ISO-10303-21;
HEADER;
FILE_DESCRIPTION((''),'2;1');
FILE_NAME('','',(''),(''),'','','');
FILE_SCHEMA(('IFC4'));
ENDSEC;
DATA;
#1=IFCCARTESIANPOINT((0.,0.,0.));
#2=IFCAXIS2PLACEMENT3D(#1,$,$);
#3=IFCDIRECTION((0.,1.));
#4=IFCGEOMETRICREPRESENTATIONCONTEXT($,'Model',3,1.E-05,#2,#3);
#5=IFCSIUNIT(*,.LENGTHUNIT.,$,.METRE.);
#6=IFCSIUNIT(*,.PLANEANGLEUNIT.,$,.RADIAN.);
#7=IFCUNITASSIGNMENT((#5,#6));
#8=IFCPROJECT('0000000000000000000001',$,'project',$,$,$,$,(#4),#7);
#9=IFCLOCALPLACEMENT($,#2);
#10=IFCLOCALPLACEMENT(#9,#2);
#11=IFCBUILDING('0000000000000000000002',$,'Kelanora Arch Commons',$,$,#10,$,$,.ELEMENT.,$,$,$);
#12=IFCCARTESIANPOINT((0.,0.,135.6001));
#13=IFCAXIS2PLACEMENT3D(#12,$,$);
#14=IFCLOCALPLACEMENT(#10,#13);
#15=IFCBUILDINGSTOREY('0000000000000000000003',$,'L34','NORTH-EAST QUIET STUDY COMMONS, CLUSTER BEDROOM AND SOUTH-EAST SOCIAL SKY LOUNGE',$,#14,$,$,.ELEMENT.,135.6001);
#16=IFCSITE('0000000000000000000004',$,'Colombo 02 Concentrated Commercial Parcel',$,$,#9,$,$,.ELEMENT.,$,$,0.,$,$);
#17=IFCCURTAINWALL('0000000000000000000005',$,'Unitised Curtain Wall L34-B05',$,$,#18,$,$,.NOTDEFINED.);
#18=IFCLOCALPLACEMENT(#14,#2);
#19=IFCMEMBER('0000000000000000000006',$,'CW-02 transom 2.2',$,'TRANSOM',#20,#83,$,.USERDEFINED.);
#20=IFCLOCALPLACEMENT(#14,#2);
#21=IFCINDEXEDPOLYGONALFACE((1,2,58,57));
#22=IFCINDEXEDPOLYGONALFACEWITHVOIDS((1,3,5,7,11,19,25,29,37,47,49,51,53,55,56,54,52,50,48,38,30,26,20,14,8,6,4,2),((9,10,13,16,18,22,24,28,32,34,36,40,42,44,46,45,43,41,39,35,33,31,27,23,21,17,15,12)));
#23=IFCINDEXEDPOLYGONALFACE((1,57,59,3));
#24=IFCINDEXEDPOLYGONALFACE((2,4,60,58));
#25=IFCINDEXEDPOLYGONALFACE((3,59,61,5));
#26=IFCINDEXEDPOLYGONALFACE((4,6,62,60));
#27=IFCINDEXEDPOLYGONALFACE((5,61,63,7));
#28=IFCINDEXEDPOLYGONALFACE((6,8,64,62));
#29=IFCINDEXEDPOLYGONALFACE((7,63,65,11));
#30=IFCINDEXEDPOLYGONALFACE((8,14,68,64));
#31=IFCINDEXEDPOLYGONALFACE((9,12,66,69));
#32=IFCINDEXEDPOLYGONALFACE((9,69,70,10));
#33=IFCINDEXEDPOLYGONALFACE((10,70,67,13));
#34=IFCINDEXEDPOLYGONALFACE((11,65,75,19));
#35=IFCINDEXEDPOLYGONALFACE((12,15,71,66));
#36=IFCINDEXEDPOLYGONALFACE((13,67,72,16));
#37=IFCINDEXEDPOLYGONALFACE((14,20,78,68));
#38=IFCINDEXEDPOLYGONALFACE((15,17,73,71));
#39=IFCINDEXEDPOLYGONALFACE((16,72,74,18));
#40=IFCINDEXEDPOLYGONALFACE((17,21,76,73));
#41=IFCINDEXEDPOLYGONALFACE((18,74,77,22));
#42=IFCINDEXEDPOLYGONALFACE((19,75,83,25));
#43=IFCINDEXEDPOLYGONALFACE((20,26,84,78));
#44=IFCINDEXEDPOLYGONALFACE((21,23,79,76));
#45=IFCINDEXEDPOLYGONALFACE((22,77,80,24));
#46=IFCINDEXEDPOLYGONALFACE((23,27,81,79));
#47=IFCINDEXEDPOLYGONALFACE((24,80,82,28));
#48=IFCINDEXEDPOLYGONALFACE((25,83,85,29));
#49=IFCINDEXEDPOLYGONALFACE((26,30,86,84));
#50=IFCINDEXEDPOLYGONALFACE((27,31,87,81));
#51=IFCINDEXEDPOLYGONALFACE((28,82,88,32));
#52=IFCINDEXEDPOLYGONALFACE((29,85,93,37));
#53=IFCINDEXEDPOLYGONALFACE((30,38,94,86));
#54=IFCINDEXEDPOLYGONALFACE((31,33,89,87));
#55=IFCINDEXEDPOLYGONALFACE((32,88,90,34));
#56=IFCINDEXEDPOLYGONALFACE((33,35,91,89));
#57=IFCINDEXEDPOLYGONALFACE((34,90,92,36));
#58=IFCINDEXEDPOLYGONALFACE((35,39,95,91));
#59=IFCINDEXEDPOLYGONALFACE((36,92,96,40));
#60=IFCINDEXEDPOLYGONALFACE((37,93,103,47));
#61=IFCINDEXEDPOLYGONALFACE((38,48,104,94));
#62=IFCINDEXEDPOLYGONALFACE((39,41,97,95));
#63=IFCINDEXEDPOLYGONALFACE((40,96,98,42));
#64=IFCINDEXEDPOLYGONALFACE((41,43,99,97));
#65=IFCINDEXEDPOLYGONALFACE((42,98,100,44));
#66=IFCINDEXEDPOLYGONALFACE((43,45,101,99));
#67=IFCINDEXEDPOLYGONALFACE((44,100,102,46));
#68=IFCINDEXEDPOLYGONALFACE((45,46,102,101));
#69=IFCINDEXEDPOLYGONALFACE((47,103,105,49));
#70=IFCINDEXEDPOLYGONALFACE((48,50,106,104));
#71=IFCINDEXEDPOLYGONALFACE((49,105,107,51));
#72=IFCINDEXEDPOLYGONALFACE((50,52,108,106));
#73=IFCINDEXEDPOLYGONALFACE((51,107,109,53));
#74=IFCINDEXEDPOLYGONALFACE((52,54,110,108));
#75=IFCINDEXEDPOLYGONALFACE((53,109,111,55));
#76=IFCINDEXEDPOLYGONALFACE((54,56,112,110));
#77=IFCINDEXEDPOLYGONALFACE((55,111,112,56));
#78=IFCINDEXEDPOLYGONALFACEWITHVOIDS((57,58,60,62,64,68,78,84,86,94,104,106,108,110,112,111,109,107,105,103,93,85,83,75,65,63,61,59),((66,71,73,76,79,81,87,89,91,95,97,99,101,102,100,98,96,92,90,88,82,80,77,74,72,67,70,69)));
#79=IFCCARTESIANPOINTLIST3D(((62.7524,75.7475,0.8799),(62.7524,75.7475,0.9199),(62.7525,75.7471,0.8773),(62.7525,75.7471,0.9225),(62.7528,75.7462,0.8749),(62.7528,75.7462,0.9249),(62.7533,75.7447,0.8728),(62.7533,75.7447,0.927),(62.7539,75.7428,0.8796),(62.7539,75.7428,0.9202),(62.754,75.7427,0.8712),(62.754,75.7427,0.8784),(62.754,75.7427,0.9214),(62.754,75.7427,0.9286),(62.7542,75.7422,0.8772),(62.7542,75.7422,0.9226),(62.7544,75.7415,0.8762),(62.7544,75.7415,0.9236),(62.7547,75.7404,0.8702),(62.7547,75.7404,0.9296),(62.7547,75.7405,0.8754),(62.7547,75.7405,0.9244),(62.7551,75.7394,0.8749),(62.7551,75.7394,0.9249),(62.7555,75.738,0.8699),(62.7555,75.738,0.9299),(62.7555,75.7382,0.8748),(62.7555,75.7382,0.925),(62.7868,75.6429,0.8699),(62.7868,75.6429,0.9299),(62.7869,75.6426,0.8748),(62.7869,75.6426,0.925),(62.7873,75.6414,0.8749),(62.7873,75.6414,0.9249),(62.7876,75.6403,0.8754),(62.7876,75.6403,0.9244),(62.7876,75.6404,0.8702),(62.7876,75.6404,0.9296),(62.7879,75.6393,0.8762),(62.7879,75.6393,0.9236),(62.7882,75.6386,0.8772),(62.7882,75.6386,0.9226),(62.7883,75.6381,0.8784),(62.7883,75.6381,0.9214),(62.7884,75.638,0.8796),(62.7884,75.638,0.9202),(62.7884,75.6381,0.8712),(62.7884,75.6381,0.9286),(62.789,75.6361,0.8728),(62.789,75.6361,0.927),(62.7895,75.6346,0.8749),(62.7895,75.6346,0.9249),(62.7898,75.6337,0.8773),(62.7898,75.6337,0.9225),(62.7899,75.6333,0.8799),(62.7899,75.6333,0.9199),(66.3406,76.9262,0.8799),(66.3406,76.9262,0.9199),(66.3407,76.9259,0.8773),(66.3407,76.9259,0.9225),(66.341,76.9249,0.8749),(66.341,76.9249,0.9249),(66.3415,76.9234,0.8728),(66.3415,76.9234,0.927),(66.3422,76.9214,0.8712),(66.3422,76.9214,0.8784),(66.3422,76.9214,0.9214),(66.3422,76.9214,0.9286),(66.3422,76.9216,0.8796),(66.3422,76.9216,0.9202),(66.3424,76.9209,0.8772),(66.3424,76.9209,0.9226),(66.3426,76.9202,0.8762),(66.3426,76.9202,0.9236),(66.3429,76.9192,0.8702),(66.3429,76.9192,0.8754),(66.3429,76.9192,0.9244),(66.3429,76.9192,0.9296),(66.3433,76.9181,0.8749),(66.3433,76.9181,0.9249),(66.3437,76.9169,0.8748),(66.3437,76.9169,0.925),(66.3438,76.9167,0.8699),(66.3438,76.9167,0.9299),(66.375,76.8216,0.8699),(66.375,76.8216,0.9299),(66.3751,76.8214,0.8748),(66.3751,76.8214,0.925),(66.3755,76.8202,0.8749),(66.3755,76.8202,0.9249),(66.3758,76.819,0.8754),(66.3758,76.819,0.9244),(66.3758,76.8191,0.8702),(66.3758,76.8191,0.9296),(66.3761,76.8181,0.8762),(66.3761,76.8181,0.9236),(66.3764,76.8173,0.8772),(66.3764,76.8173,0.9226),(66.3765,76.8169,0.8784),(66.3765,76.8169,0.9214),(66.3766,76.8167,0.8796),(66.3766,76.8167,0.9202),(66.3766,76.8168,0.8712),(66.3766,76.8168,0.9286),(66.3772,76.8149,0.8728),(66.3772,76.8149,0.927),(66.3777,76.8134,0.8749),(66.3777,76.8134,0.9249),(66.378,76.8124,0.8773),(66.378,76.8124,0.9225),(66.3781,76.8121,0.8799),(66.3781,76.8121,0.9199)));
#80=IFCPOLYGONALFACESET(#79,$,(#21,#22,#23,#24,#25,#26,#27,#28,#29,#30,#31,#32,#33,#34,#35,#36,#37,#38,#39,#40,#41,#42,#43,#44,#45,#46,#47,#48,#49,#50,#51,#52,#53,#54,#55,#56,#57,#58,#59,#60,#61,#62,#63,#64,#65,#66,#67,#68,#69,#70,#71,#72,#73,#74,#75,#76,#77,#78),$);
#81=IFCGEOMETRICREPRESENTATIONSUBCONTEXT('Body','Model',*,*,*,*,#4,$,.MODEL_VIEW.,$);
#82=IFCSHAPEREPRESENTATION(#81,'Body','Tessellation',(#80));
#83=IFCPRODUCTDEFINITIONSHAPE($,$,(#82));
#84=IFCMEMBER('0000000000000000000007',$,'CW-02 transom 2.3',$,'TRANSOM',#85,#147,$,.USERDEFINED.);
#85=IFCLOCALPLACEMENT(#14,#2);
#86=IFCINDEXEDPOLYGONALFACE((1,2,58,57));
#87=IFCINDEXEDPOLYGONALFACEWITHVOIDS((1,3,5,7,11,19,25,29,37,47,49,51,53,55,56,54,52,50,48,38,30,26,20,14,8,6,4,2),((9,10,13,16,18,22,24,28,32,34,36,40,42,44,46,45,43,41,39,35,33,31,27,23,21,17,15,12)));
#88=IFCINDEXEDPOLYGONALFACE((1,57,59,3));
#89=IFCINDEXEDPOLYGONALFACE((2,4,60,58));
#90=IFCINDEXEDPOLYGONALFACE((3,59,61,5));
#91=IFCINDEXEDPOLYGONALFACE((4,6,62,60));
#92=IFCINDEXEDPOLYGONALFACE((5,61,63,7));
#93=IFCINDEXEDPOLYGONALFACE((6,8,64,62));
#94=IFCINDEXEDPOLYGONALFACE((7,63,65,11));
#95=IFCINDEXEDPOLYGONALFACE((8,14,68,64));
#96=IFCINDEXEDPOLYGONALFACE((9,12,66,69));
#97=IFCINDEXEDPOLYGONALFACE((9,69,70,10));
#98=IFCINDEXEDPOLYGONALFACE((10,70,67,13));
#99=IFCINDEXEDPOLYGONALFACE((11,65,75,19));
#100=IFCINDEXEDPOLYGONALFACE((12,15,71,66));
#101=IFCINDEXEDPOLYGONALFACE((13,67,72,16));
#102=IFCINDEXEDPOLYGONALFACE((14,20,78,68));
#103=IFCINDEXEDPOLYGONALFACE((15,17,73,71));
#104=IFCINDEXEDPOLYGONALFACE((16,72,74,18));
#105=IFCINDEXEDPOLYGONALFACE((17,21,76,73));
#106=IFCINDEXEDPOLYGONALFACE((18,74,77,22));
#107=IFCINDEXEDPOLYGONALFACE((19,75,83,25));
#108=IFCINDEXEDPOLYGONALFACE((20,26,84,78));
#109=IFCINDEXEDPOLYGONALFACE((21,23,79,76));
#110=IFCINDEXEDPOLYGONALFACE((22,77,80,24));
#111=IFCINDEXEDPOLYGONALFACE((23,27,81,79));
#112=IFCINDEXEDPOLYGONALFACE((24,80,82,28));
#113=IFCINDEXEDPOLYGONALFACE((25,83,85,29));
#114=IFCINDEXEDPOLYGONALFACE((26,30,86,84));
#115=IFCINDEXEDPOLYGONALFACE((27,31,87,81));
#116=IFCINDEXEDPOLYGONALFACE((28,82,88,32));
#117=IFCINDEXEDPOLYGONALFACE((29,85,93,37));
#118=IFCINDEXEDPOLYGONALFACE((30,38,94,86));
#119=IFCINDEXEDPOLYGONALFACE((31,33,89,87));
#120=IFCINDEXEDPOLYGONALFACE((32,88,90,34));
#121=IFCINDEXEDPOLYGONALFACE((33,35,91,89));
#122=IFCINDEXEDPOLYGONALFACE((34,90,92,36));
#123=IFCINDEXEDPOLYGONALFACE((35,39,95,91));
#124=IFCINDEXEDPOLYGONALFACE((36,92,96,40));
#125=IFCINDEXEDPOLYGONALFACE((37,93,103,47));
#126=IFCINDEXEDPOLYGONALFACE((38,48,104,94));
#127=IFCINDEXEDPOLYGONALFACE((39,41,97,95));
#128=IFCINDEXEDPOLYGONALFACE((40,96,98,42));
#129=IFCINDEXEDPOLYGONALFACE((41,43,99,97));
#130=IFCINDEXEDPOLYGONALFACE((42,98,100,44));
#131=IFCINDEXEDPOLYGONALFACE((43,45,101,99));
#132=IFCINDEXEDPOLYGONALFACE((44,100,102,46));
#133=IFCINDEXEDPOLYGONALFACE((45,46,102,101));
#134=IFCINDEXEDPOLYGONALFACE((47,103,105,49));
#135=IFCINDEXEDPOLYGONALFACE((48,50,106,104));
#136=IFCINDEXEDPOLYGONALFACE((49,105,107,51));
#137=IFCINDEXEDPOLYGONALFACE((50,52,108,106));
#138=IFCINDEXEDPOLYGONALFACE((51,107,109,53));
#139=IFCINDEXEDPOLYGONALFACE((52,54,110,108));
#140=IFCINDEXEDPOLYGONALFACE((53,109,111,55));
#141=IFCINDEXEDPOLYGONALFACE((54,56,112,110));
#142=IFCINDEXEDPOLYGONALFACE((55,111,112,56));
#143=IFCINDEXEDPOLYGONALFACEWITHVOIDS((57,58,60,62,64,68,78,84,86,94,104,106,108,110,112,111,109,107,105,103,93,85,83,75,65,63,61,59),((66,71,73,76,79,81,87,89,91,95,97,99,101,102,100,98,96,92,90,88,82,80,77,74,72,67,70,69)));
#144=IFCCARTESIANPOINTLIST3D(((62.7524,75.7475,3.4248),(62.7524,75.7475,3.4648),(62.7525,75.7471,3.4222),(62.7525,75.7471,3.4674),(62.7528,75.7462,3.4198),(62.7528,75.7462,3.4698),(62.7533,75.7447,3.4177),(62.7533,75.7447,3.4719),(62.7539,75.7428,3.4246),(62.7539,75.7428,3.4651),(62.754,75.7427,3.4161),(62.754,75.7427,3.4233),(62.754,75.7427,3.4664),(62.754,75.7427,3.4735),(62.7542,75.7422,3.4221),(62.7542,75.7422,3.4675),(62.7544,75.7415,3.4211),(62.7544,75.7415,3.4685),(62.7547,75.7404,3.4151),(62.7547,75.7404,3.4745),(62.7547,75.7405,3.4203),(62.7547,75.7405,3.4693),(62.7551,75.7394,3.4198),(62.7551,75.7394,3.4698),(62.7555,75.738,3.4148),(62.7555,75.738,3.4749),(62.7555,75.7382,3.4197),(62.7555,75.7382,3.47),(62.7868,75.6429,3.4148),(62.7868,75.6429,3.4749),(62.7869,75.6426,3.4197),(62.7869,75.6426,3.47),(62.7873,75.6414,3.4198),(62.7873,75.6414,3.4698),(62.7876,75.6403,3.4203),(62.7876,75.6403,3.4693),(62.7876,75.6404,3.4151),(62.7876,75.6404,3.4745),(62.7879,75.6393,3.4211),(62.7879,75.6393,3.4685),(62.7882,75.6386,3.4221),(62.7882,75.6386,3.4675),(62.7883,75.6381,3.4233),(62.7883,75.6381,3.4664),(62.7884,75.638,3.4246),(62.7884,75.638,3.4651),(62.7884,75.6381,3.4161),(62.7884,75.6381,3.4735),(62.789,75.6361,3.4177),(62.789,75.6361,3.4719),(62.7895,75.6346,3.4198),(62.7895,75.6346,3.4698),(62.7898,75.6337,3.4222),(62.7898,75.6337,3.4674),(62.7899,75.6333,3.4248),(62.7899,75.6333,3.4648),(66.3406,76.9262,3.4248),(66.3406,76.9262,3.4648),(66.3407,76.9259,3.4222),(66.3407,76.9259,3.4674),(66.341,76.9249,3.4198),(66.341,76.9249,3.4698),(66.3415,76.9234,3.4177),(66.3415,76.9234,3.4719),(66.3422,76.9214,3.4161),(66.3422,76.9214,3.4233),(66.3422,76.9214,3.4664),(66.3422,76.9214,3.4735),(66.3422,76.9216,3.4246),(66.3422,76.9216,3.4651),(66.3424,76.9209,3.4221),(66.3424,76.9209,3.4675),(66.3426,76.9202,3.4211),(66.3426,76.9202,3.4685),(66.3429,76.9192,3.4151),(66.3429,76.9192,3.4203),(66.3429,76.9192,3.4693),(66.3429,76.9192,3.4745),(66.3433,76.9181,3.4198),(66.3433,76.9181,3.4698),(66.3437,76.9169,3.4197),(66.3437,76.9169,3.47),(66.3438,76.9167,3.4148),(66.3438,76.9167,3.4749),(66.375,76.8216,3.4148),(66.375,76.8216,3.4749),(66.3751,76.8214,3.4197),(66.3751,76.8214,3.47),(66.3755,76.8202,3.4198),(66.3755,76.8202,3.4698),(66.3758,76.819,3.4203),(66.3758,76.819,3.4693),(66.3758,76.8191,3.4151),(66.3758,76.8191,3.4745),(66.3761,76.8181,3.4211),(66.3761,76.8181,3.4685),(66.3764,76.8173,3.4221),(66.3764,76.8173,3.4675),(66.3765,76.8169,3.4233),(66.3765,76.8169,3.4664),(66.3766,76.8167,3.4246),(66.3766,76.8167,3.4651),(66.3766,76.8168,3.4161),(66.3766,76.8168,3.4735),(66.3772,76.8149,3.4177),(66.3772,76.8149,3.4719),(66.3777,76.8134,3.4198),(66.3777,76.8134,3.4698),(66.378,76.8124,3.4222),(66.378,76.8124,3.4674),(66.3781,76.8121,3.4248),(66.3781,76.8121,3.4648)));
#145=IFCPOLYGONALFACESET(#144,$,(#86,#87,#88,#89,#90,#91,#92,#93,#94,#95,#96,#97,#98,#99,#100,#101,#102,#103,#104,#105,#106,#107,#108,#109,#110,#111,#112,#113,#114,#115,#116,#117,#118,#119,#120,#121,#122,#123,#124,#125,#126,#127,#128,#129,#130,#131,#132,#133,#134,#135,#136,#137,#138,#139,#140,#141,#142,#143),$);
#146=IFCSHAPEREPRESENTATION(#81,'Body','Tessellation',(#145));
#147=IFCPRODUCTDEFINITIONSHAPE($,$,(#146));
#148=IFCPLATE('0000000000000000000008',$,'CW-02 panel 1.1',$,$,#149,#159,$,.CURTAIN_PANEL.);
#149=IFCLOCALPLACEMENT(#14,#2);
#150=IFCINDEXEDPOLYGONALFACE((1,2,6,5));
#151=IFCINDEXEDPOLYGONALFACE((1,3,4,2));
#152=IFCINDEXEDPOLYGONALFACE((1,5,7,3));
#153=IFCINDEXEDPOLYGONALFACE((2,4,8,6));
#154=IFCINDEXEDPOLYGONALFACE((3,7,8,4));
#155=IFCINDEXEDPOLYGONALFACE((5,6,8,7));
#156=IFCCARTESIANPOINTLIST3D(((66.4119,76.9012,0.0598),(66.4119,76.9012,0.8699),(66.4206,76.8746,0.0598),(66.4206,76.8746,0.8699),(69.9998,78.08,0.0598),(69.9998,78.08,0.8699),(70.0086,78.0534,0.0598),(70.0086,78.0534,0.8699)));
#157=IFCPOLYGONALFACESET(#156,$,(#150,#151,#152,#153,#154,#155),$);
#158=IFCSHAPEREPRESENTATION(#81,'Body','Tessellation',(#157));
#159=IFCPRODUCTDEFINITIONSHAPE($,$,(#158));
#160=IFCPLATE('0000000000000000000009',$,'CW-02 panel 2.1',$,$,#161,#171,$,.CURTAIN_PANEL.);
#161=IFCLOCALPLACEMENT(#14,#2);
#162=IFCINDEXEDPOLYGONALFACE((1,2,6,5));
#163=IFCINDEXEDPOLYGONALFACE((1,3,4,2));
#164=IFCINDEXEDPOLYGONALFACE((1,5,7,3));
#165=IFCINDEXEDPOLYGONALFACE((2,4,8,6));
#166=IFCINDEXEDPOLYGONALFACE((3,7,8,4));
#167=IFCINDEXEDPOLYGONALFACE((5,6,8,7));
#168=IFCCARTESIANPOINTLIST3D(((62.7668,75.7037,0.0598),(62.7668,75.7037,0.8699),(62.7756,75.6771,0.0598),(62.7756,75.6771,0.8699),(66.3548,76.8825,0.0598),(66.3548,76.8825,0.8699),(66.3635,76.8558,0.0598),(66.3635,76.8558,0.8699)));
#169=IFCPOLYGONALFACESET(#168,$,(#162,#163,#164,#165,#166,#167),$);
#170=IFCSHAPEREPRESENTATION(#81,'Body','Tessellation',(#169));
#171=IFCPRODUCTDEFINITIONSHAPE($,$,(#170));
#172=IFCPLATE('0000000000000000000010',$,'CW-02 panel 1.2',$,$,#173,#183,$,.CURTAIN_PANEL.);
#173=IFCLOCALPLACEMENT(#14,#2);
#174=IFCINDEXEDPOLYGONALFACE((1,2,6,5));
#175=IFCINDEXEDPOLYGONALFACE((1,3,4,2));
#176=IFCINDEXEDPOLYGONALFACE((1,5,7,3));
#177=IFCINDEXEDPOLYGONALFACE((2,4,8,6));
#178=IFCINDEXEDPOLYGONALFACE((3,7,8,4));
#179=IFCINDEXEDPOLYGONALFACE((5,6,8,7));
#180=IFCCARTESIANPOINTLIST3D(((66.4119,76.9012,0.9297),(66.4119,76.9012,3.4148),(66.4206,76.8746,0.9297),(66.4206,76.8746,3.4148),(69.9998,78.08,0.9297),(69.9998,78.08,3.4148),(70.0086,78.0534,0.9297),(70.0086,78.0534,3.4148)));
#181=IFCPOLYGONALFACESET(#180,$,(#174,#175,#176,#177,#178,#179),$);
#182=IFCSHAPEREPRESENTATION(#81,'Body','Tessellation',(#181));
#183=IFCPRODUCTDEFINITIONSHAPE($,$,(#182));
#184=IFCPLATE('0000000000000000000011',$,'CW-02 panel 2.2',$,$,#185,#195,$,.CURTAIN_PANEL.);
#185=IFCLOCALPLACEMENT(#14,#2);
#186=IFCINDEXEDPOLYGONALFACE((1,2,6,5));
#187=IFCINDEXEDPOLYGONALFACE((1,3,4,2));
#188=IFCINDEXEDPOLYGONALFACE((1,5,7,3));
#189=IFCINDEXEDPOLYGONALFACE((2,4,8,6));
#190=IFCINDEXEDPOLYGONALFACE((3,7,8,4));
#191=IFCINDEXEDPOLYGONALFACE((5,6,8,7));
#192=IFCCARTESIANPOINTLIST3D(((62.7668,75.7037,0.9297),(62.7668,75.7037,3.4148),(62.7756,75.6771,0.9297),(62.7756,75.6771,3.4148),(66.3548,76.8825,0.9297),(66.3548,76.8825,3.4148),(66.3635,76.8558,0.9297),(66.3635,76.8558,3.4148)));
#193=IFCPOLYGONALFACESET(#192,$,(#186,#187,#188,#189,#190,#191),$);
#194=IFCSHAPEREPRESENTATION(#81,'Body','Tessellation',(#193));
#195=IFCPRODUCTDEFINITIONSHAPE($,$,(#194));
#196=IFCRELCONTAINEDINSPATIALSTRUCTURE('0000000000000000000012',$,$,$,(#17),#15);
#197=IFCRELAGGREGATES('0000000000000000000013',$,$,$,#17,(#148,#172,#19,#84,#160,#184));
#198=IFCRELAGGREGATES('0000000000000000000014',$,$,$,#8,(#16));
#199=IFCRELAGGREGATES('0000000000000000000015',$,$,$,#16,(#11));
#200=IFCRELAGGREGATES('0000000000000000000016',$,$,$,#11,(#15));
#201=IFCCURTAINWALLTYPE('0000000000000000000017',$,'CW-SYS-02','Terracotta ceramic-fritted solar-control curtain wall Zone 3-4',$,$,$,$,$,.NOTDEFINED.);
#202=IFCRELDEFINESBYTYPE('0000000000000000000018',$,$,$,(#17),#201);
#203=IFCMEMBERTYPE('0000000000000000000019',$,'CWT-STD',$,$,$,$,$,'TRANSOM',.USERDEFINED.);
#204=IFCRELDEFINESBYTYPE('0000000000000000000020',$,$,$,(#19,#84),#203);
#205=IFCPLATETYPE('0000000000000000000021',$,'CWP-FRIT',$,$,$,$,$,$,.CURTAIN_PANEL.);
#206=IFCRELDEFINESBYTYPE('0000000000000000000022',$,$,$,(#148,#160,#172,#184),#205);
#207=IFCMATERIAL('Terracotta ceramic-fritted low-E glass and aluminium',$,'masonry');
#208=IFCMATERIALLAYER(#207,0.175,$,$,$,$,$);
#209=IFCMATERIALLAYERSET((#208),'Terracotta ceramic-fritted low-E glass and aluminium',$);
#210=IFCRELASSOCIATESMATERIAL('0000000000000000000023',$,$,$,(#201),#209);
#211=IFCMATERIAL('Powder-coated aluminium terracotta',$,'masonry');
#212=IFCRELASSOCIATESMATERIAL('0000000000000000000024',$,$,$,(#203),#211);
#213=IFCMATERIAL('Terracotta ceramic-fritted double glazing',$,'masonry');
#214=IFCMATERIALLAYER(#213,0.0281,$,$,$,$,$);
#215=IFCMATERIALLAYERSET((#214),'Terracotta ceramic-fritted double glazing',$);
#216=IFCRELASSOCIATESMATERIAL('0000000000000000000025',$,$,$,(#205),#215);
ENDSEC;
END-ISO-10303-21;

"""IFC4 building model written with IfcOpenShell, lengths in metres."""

from ifc_helpers import new_model, si_unit, direction, frame, origin, origin_2d, place, context, subcontext, project, spatial, rectangle, hollow_rectangle, extrude, source, transform, mapped, material, layer, layer_set, material_profile, profile_set, type_object, element, aggregate, save


model = new_model("IFC4")

# Units and contexts
model_context = context("Model", 3, precision=1e-05, world=origin(), true_north=direction((0.0, 1.0)))
body_context = subcontext(model_context, "Body", "Model", "MODEL_VIEW")
ifc_project = project(units=[si_unit("LENGTHUNIT", "METRE"), si_unit("PLANEANGLEUNIT", "RADIAN")], contexts=[model_context])

# Site, building, storey
site_placement = place(None, origin())
site = spatial("IfcSite", under=ifc_project, at=site_placement, Name="Colombo 02 Concentrated Commercial Parcel", CompositionType="ELEMENT", RefElevation=0.0)
building_placement = place(site_placement, origin())
building = spatial("IfcBuilding", under=site, at=building_placement, Name="Kelanora Arch Commons", CompositionType="ELEMENT")
storey_placement = place(building_placement, frame((0.0, 0.0, 135.6001)))
storey = spatial("IfcBuildingStorey", under=building, at=storey_placement, Name="L34", Description="NORTH-EAST QUIET STUDY COMMONS, CLUSTER BEDROOM AND SOUTH-EAST SOCIAL SKY LOUNGE", CompositionType="ELEMENT", Elevation=135.6001)

# Curtain wall, members, plates
ifc_material_1 = material(Name="Terracotta ceramic-fritted low-E glass and aluminium", Category="masonry")
ifc_layer_1 = layer(ifc_material_1, 0.175)
ifc_layer_set_1 = layer_set([ifc_layer_1], Name="Terracotta ceramic-fritted low-E glass and aluminium")
curtain_wall_type = type_object("IfcCurtainWallType", Name="CW-SYS-02", Description="Terracotta ceramic-fritted solar-control curtain wall Zone 3-4", PredefinedType="NOTDEFINED", material=ifc_layer_set_1)
curtain_wall_placement = place(storey_placement, origin())
curtain_wall = element("IfcCurtainWall", 1, at=curtain_wall_placement, inside=storey, type_object=curtain_wall_type, Name="Unitised Curtain Wall L34-B05", PredefinedType="NOTDEFINED")
ifc_material_2 = material(Name="Powder-coated aluminium terracotta", Category="masonry")
ifc_material_profile_1 = material_profile(ifc_material_2, hollow_rectangle(XDim=0.1201, YDim=0.0601, WallThickness=0.0049, InnerFilletRadius=0.0049, OuterFilletRadius=0.01, at=origin_2d()), Name="CWT120x60")
ifc_profile_set_1 = profile_set([ifc_material_profile_1], Name="Powder-coated aluminium terracotta")
member_type_1 = type_object("IfcMemberType", Name="CWT-STD", ElementType="TRANSOM", PredefinedType="USERDEFINED", material=ifc_profile_set_1)
member_1_placement = place(storey_placement, frame((66.3594, 76.8691, 0.8999), z_axis=(-0.950051, -0.312094, 0.0), x_axis=(0.312094, -0.950051, 0.0)))
member_1 = element("IfcMember", 2, at=member_1_placement, type_object=member_type_1, Name="CW-02 transom 2.2", ObjectType="TRANSOM", PredefinedType="USERDEFINED", context=body_context, shape_type="SweptSolid", body=[
    extrude(hollow_rectangle(XDim=0.1201, YDim=0.0601, WallThickness=0.0049, InnerFilletRadius=0.0049, OuterFilletRadius=0.01, at=origin_2d()), origin(), (0.0, 0.0, 1.0), 3.7769),
])
member_2_placement = place(storey_placement, frame((66.3594, 76.8691, 3.4448), z_axis=(-0.950051, -0.312094, 0.0), x_axis=(0.312094, -0.950051, 0.0)))
member_2 = element("IfcMember", 3, at=member_2_placement, type_object=member_type_1, Name="CW-02 transom 2.3", ObjectType="TRANSOM", PredefinedType="USERDEFINED", context=body_context, shape_type="SweptSolid", body=[
    extrude(hollow_rectangle(XDim=0.1201, YDim=0.0601, WallThickness=0.0049, InnerFilletRadius=0.0049, OuterFilletRadius=0.01, at=origin_2d()), origin(), (0.0, 0.0, 1.0), 3.7769),
])
ifc_material_3 = material(Name="Terracotta ceramic-fritted double glazing", Category="masonry")
ifc_layer_2 = layer(ifc_material_3, 0.0281)
ifc_layer_set_2 = layer_set([ifc_layer_2], Name="Terracotta ceramic-fritted double glazing")
plate_type = type_object("IfcPlateType", Name="CWP-FRIT", PredefinedType="CURTAIN_PANEL", material=ifc_layer_set_2)
shared_shape_1 = source(origin(), body_context, "Body", "SweptSolid", [
    extrude(rectangle(XDim=3.7766, YDim=0.0281, at=origin_2d()), origin(), (0.0, 0.0, 1.0), 0.8101),
])
plate_1_placement = place(storey_placement, frame((68.2102, 77.4773, 0.0598), z_axis=(0.0, 0.0, 1.0), x_axis=(-0.95004, -0.312128, 0.0)))
plate_1 = element("IfcPlate", 4, at=plate_1_placement, type_object=plate_type, Name="CW-02 panel 1.1", PredefinedType="CURTAIN_PANEL", context=body_context, shape_type="MappedRepresentation", body=[
    mapped(shared_shape_1, transform((0.0, 0.0, 0.0), scale=1.0)),
])
plate_2_placement = place(storey_placement, frame((64.5652, 76.2798, 0.0598), z_axis=(0.0, 0.0, 1.0), x_axis=(-0.95004, -0.312128, 0.0)))
plate_2 = element("IfcPlate", 5, at=plate_2_placement, type_object=plate_type, Name="CW-02 panel 2.1", PredefinedType="CURTAIN_PANEL", context=body_context, shape_type="MappedRepresentation", body=[
    mapped(shared_shape_1, transform((0.0, 0.0, 0.0), scale=1.0)),
])
shared_shape_2 = source(origin(), body_context, "Body", "SweptSolid", [
    extrude(rectangle(XDim=3.7766, YDim=0.0281, at=origin_2d()), origin(), (0.0, 0.0, 1.0), 2.4851),
])
plate_3_placement = place(storey_placement, frame((68.2102, 77.4773, 0.9297), z_axis=(0.0, 0.0, 1.0), x_axis=(-0.95004, -0.312128, 0.0)))
plate_3 = element("IfcPlate", 6, at=plate_3_placement, type_object=plate_type, Name="CW-02 panel 1.2", PredefinedType="CURTAIN_PANEL", context=body_context, shape_type="MappedRepresentation", body=[
    mapped(shared_shape_2, transform((0.0, 0.0, 0.0), scale=1.0)),
])
plate_4_placement = place(storey_placement, frame((64.5652, 76.2798, 0.9297), z_axis=(0.0, 0.0, 1.0), x_axis=(-0.95004, -0.312128, 0.0)))
plate_4 = element("IfcPlate", 7, at=plate_4_placement, type_object=plate_type, Name="CW-02 panel 2.2", PredefinedType="CURTAIN_PANEL", context=body_context, shape_type="MappedRepresentation", body=[
    mapped(shared_shape_2, transform((0.0, 0.0, 0.0), scale=1.0)),
])
aggregate(curtain_wall, [plate_1, plate_3, member_1, member_2, plate_2, plate_4])

save(model, "model.ifc")
